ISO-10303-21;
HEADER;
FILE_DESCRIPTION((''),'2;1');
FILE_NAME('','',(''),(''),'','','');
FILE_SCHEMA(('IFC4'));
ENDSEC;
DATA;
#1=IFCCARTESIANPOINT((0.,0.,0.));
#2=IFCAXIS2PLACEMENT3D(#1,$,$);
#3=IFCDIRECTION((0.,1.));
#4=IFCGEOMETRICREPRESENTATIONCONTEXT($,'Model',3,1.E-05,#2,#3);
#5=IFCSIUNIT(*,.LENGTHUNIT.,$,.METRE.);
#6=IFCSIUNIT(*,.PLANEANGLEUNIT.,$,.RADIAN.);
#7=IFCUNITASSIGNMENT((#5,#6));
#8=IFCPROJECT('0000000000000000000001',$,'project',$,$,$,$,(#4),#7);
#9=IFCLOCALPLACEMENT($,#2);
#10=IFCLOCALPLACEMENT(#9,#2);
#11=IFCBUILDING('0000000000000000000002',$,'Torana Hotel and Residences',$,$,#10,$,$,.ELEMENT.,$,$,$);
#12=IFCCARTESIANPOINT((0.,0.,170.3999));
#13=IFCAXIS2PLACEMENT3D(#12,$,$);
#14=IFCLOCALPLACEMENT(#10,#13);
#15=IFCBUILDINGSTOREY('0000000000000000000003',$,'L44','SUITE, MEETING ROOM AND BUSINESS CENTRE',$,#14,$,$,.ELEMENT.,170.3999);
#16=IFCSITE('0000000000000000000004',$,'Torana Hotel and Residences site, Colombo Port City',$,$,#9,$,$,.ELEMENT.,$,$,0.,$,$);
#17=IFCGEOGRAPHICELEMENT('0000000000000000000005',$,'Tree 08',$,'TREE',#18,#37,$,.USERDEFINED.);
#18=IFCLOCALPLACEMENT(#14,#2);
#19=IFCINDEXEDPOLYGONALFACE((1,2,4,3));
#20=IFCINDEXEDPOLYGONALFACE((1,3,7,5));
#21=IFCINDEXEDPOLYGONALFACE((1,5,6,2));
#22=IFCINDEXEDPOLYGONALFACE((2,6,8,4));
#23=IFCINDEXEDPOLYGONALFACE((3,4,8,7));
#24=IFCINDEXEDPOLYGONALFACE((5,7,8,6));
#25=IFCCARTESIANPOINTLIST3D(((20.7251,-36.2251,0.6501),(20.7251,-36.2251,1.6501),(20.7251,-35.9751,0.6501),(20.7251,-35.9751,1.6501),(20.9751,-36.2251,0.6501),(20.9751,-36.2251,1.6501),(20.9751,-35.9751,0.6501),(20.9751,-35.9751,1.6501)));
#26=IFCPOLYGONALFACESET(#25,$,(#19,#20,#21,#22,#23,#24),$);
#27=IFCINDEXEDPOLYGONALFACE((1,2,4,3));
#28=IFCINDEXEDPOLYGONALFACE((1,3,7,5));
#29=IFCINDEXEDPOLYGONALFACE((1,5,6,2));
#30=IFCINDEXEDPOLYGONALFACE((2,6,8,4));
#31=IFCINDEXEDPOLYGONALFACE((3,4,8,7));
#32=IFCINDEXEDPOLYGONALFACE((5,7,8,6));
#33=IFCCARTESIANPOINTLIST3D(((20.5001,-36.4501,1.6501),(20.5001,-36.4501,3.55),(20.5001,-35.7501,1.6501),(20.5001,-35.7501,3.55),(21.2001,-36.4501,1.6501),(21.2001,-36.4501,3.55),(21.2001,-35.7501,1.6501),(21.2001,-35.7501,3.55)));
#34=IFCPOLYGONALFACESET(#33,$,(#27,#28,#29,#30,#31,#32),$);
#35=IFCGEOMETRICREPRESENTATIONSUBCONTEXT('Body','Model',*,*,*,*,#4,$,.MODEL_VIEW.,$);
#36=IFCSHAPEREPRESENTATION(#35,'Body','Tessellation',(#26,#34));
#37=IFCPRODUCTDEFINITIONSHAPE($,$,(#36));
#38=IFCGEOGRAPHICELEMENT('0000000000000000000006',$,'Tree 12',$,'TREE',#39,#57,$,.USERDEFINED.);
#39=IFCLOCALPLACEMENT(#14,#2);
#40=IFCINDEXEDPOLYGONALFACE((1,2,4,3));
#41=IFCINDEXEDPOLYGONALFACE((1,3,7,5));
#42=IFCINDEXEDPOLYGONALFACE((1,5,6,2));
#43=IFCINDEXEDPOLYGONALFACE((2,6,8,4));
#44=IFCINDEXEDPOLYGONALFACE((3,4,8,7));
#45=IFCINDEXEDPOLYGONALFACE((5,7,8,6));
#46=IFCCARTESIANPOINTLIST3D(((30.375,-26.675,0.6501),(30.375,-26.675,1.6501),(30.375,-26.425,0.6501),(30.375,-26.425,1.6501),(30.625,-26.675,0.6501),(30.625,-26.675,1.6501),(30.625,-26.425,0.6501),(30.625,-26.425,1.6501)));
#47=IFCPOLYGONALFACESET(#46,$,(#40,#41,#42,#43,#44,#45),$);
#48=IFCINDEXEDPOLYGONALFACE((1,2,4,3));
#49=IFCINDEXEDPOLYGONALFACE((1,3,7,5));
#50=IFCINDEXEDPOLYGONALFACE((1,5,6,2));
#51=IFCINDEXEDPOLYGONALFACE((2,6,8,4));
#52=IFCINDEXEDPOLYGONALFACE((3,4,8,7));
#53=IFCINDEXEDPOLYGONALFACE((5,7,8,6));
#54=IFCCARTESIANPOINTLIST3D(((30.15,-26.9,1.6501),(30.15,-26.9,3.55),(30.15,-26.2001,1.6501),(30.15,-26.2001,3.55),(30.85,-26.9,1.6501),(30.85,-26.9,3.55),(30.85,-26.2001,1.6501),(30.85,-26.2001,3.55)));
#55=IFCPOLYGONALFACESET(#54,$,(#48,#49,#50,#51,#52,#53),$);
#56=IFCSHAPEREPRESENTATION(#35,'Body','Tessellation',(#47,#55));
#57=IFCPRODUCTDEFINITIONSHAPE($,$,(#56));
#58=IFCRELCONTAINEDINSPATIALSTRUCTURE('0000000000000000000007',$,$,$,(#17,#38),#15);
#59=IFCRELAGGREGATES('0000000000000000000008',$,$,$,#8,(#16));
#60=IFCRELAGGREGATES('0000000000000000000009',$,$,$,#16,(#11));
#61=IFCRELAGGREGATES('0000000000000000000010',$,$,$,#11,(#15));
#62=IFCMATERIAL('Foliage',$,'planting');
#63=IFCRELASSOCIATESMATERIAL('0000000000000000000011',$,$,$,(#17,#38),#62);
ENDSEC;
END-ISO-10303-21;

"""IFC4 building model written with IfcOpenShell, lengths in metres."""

from ifc_helpers import new_model, si_unit, direction, frame, origin, origin_2d, place, context, subcontext, project, spatial, rectangle, extrude, material, element, save


model = new_model("IFC4")

# Units and contexts
model_context = context("Model", 3, precision=1e-05, world=origin(), true_north=direction((0.0, 1.0)))
body_context = subcontext(model_context, "Body", "Model", "MODEL_VIEW")
ifc_project = project(units=[si_unit("LENGTHUNIT", "METRE"), si_unit("PLANEANGLEUNIT", "RADIAN")], contexts=[model_context])

# Site, building, storey
site_placement = place(None, origin())
site = spatial("IfcSite", under=ifc_project, at=site_placement, Name="Torana Hotel and Residences site, Colombo Port City", CompositionType="ELEMENT", RefElevation=0.0)
building_placement = place(site_placement, origin())
building = spatial("IfcBuilding", under=site, at=building_placement, Name="Torana Hotel and Residences", CompositionType="ELEMENT")
storey_placement = place(building_placement, frame((0.0, 0.0, 170.3999)))
storey = spatial("IfcBuildingStorey", under=building, at=storey_placement, Name="L44", Description="SUITE, MEETING ROOM AND BUSINESS CENTRE", CompositionType="ELEMENT", Elevation=170.3999)

# Geographic elements
ifc_material_1 = material(Name="Foliage", Category="planting")
for number, where, z_axis, x_axis, name in (
    (1, (20.8501, -36.1001, 0.6501), (0.0, 0.0, 1.0), (1.0, 0.0, 0.0), "Tree 08"),
    (2, (30.5, -26.55, 0.6501), (0.0, 0.0, 1.0), (1.0, 0.0, 0.0), "Tree 12"),
):
    element("IfcGeographicElement", number, at=place(storey_placement, frame(where, z_axis=z_axis, x_axis=x_axis)), inside=storey, material=ifc_material_1, Name=name, ObjectType="TREE", PredefinedType="USERDEFINED", context=body_context, shape_type="SweptSolid", body=[
        extrude(rectangle(XDim=0.25, YDim=0.25, at=origin_2d()), origin(), (0.0, 0.0, 1.0), 1.0),
        extrude(rectangle(XDim=0.7, YDim=0.7, at=origin_2d()), frame((0.0, 0.0, 1.0)), (0.0, 0.0, 1.0), 1.8999),
    ])

save(model, "model.ifc")
